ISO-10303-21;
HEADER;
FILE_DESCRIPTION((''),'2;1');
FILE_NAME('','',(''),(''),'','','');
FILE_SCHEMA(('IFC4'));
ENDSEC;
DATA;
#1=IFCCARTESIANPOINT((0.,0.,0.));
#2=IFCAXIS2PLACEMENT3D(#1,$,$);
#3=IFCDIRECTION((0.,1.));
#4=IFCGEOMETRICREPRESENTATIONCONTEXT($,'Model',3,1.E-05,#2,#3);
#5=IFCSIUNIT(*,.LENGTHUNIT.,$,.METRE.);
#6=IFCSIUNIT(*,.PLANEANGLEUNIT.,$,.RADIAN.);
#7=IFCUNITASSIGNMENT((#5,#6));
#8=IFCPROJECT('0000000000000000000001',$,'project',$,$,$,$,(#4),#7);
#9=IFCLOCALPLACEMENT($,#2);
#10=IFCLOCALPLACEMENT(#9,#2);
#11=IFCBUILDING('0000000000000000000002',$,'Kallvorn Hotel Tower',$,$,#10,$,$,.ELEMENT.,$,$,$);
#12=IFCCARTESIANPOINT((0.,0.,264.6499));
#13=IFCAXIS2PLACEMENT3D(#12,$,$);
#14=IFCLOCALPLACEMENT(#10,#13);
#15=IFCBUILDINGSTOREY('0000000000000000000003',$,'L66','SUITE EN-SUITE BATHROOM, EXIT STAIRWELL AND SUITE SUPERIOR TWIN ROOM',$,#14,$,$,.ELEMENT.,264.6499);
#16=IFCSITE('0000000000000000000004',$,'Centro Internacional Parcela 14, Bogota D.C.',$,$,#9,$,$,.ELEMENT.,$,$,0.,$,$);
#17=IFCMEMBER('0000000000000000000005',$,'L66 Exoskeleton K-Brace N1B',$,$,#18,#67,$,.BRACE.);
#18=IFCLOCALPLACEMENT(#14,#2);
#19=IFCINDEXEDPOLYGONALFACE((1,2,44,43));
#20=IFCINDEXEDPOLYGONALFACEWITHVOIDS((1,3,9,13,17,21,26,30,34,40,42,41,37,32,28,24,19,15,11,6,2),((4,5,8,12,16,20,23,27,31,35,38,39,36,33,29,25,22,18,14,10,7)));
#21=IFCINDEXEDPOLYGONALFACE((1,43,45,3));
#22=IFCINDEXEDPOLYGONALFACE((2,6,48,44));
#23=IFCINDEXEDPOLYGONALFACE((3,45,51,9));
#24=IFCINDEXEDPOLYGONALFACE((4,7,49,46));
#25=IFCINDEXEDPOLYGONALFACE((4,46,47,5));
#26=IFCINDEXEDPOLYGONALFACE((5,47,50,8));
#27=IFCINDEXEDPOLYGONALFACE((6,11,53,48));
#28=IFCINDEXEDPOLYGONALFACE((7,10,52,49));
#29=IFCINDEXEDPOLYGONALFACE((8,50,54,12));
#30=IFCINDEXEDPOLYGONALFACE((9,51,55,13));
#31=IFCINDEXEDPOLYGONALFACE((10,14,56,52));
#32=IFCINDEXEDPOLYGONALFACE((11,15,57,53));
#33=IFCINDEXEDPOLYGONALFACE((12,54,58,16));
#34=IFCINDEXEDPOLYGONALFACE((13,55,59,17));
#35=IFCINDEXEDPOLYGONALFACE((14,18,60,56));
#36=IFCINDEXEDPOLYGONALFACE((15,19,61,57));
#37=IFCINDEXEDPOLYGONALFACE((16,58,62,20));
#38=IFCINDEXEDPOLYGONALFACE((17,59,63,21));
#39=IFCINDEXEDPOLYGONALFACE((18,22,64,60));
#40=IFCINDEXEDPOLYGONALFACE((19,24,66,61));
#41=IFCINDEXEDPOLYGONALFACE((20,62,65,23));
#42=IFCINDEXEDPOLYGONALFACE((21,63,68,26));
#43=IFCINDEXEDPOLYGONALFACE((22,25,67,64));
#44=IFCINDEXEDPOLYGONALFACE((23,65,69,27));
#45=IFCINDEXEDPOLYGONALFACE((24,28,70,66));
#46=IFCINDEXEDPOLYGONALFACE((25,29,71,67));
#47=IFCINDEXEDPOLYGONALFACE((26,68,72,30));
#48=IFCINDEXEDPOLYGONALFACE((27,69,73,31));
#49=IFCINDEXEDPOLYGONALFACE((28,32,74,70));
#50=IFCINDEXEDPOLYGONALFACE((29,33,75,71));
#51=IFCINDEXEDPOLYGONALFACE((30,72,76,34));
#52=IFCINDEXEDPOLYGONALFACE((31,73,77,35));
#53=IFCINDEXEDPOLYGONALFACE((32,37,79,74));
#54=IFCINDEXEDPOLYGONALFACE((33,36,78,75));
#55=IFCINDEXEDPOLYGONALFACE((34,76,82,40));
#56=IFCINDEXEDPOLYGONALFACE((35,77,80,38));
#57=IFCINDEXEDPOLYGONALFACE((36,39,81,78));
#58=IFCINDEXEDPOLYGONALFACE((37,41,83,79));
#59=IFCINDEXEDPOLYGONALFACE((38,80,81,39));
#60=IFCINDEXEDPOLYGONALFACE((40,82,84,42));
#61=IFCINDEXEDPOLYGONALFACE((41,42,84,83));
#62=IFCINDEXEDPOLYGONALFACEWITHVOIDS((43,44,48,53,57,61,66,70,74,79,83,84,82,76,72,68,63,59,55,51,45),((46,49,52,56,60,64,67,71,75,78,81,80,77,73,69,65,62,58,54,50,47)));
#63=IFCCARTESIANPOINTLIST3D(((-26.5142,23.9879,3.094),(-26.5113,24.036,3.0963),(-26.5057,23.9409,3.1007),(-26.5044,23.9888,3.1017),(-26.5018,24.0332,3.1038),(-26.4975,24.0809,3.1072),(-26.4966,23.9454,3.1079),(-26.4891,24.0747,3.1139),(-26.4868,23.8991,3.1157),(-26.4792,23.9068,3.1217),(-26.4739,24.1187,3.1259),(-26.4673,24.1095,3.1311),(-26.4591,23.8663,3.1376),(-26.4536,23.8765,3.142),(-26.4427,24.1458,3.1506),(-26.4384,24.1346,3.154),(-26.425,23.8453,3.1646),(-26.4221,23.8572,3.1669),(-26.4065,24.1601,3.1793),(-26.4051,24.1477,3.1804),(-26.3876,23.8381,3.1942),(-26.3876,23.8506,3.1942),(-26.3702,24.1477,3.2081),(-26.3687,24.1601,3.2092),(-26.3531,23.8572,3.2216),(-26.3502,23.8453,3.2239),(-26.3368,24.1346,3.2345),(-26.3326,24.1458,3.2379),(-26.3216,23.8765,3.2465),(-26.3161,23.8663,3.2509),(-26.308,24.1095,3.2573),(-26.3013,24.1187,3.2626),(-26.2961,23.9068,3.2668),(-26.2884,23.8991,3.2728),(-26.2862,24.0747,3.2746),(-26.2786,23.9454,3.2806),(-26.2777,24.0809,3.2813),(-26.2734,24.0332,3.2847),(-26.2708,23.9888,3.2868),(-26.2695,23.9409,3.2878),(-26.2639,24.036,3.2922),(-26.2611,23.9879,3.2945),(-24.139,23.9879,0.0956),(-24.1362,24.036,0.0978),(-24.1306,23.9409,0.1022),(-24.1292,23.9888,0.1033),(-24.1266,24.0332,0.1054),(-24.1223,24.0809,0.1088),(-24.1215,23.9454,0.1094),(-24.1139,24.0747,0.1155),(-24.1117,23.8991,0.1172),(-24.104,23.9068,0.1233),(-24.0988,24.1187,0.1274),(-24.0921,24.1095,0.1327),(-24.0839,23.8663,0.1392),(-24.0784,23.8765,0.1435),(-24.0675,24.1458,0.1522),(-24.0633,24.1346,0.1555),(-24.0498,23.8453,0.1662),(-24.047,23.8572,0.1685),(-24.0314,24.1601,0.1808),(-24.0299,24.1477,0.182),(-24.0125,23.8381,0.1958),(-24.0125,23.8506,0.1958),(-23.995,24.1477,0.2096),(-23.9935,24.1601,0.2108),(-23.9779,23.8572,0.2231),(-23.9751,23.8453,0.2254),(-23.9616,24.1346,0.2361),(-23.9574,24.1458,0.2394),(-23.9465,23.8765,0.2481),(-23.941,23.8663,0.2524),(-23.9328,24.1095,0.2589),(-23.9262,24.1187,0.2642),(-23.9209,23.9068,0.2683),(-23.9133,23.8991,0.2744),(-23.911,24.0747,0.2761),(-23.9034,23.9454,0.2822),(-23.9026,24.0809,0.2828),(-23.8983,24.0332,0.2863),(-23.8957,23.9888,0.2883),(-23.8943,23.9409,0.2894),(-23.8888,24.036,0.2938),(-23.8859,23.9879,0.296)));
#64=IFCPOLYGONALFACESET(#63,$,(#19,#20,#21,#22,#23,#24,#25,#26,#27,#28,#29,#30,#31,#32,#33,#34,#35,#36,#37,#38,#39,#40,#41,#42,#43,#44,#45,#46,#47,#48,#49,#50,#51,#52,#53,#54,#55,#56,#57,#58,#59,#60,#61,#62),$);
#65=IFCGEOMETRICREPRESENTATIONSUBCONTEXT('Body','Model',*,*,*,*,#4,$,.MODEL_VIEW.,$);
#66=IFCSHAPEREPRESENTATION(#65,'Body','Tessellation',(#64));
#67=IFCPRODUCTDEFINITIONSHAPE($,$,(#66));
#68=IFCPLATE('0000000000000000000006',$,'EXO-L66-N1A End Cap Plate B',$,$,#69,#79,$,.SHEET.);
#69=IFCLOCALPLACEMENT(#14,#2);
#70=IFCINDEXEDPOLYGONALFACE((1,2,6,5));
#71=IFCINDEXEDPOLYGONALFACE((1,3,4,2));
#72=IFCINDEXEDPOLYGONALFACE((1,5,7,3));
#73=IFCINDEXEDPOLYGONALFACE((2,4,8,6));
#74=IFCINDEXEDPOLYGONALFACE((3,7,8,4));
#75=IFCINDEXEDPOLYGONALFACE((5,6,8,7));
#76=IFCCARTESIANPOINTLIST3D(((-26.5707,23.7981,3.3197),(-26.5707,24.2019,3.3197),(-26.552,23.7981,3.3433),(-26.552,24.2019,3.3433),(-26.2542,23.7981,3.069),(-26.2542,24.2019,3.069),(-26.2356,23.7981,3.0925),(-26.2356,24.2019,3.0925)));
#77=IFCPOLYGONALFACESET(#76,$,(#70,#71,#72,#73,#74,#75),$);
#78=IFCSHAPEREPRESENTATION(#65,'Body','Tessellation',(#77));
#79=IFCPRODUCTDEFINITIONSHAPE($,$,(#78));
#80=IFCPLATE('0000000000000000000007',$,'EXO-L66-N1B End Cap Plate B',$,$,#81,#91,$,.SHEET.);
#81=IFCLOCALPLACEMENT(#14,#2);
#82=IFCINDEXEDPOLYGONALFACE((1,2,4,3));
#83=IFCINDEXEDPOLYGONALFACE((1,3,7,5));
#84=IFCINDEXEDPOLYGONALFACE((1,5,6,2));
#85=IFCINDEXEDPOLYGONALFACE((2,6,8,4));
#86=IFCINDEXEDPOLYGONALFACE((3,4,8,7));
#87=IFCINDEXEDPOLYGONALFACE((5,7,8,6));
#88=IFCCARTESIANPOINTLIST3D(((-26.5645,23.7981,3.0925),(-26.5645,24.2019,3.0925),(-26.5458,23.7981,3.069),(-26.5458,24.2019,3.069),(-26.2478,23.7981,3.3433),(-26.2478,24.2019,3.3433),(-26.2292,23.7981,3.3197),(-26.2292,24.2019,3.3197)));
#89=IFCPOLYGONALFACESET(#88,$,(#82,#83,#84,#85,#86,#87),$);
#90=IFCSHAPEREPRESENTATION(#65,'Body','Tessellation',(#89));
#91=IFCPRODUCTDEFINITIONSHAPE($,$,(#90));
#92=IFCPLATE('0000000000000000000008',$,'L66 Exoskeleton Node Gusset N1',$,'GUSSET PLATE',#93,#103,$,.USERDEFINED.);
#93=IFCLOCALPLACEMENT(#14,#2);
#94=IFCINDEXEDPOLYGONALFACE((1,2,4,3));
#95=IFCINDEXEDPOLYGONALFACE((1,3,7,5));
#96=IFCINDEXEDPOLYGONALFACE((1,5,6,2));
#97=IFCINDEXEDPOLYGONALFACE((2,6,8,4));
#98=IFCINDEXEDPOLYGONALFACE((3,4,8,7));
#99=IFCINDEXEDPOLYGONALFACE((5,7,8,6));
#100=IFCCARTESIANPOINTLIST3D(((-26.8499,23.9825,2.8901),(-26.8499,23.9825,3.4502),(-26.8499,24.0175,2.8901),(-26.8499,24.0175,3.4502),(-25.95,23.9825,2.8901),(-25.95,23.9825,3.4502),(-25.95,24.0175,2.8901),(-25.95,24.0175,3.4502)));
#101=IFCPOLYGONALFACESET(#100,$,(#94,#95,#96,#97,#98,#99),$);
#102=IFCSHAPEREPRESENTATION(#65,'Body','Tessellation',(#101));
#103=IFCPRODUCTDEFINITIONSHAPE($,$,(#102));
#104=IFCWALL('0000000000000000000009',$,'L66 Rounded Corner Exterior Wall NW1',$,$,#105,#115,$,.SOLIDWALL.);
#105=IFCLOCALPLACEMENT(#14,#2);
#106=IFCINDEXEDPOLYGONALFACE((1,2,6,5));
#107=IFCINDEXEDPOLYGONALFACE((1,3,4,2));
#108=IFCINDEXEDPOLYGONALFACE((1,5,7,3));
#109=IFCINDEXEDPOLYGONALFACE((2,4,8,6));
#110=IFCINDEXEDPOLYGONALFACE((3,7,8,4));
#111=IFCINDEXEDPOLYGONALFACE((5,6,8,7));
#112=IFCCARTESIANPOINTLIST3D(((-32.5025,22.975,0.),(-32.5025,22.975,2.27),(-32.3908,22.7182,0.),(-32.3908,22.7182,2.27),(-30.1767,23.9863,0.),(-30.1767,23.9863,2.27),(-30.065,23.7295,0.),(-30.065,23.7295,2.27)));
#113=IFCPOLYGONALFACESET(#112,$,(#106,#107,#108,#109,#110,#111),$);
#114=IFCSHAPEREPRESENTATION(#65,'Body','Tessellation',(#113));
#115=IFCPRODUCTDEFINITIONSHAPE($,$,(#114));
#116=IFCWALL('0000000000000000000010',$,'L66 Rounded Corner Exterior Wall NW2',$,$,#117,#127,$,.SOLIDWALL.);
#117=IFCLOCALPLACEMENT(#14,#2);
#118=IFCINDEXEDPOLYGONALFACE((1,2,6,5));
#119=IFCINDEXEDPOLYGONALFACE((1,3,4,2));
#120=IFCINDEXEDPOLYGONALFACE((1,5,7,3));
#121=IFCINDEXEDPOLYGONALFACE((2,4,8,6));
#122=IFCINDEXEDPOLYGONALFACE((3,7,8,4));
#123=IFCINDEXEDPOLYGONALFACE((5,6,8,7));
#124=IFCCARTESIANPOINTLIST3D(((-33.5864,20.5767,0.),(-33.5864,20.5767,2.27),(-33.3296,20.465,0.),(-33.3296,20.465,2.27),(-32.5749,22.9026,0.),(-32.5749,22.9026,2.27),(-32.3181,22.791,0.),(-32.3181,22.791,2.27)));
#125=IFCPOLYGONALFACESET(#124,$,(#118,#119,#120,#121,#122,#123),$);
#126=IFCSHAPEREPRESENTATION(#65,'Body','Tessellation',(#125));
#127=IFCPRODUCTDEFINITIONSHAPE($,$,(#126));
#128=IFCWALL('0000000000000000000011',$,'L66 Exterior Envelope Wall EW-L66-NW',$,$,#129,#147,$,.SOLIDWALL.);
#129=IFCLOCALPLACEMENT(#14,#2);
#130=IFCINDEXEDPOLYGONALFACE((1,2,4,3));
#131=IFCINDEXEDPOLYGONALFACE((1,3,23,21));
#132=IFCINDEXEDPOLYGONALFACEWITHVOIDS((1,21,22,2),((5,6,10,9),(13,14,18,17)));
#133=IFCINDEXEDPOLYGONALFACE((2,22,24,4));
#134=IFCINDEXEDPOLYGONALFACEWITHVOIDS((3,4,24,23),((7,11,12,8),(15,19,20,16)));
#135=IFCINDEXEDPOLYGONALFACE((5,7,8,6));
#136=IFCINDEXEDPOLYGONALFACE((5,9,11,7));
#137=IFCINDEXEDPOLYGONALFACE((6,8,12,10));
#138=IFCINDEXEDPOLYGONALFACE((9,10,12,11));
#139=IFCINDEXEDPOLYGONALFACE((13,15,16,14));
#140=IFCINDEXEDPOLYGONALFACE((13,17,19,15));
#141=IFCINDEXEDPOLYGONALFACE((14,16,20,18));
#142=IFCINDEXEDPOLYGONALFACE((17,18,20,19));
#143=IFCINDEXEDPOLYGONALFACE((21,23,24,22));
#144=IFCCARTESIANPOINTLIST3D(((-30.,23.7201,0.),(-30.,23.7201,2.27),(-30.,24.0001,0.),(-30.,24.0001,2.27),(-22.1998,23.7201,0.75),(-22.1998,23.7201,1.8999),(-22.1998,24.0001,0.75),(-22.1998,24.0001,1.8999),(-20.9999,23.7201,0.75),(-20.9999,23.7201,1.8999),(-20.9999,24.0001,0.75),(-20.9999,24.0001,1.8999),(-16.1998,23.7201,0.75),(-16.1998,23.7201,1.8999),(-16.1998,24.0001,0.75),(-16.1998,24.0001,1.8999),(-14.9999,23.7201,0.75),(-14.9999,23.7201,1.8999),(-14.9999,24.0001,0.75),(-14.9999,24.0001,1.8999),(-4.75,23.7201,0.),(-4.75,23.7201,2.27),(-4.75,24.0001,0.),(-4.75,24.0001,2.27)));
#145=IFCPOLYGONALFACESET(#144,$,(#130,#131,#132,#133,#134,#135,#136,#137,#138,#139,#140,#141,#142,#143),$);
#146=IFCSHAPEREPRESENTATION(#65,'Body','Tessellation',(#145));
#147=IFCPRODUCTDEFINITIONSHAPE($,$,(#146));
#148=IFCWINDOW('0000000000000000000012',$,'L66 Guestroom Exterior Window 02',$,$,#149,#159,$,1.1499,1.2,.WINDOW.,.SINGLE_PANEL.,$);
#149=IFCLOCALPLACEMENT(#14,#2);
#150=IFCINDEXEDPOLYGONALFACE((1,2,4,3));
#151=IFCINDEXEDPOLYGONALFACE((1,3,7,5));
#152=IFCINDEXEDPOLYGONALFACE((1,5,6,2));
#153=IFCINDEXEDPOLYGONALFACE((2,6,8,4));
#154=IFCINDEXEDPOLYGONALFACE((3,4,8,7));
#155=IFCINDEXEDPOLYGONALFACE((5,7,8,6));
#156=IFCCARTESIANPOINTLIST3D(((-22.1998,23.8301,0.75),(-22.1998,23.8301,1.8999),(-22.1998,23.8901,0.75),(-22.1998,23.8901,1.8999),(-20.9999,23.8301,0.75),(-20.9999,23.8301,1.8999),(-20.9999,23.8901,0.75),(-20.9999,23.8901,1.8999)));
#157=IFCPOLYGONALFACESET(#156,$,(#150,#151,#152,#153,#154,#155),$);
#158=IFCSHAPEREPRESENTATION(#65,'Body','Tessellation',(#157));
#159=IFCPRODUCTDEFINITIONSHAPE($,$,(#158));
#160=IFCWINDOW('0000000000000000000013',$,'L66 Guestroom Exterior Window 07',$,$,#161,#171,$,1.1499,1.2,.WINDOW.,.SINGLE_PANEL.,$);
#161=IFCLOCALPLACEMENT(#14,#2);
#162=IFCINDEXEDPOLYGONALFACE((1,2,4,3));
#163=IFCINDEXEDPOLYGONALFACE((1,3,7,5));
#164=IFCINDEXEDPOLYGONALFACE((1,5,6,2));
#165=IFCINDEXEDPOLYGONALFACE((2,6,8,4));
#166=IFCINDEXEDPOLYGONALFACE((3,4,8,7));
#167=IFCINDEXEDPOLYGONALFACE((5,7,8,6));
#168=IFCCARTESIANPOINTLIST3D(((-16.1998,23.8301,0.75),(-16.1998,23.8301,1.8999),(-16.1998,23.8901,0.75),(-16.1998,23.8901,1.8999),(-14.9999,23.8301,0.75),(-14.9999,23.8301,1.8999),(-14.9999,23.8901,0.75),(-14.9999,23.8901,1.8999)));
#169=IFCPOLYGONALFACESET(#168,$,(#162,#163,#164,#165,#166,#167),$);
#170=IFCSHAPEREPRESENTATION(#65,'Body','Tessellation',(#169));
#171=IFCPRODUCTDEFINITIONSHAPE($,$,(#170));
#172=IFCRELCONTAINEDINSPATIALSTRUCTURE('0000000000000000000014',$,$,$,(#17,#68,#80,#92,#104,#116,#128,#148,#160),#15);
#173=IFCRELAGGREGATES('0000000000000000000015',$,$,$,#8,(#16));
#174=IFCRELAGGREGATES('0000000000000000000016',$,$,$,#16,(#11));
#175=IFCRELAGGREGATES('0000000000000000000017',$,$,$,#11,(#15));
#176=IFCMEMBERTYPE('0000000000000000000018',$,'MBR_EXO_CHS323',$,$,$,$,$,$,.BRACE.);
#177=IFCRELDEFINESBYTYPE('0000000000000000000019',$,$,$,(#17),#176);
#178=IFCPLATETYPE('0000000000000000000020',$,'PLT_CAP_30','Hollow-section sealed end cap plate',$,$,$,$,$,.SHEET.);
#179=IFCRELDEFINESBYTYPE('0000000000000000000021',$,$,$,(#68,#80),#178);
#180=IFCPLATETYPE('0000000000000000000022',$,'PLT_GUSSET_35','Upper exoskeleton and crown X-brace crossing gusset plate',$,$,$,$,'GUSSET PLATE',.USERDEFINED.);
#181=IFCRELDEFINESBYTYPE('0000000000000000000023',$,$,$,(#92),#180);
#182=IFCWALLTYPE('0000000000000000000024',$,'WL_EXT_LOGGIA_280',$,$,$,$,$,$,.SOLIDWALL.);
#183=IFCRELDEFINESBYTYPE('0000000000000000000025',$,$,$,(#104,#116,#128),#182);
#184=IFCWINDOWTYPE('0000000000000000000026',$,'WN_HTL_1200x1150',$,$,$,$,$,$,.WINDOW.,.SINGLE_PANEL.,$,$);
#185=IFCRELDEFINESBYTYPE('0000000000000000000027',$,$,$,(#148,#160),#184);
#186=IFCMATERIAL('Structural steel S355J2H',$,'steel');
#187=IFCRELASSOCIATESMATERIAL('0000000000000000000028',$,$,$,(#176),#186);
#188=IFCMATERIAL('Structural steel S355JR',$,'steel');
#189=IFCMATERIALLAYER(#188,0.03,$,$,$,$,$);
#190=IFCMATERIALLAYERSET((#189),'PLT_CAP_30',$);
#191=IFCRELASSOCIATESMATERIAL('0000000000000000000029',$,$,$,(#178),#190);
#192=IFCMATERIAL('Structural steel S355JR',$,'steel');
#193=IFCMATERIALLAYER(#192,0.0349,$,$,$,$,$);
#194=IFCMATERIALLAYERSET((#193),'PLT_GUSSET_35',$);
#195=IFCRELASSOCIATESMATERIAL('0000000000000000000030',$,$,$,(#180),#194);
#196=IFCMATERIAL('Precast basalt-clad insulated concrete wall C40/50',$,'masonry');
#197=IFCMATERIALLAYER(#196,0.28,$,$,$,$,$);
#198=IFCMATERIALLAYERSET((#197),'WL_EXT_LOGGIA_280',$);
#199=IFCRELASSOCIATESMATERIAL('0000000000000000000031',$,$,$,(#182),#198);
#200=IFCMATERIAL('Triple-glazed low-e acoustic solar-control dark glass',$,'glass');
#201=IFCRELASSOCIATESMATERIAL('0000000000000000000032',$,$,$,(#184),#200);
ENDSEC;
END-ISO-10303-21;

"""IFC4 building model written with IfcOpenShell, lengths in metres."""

from ifc_helpers import new_model, si_unit, direction, frame, frame_2d, origin, origin_2d, place, context, subcontext, project, spatial, polyline, rectangle, hollow_circle, outline, extrude, material, layer, layer_set, material_profile, profile_set, type_object, element, fill, save


model = new_model("IFC4")

# Units and contexts
model_context = context("Model", 3, precision=1e-05, world=origin(), true_north=direction((0.0, 1.0)))
body_context = subcontext(model_context, "Body", "Model", "MODEL_VIEW")
ifc_project = project(units=[si_unit("LENGTHUNIT", "METRE"), si_unit("PLANEANGLEUNIT", "RADIAN")], contexts=[model_context])

# Site, building, storey
site_placement = place(None, origin())
site = spatial("IfcSite", under=ifc_project, at=site_placement, Name="Centro Internacional Parcela 14, Bogota D.C.", CompositionType="ELEMENT", RefElevation=0.0)
building_placement = place(site_placement, origin())
building = spatial("IfcBuilding", under=site, at=building_placement, Name="Kallvorn Hotel Tower", CompositionType="ELEMENT")
storey_placement = place(building_placement, frame((0.0, 0.0, 264.6499)))
storey = spatial("IfcBuildingStorey", under=building, at=storey_placement, Name="L66", Description="SUITE EN-SUITE BATHROOM, EXIT STAIRWELL AND SUITE SUPERIOR TWIN ROOM", CompositionType="ELEMENT", Elevation=264.6499)

# Member
ifc_material_1 = material(Name="Structural steel S355J2H", Category="steel")
ifc_material_profile_1 = material_profile(ifc_material_1, hollow_circle(Radius=0.1619, WallThickness=0.0125, at=origin_2d()), Name="CHS 323.9x12.5")
ifc_profile_set_1 = profile_set([ifc_material_profile_1], Name="Structural steel S355J2H")
member_type_1 = type_object("IfcMemberType", Name="MBR_EXO_CHS323", PredefinedType="BRACE", material=ifc_profile_set_1)
for number, where, z_axis, x_axis, name in (
    (1, (-24.0125, 24.0, 0.1958), (-0.620929, 0.0, 0.783867), (0.0, -1.0, 0.0), "L66 Exoskeleton K-Brace N1B"),
):
    element("IfcMember", number, at=place(storey_placement, frame(where, z_axis=z_axis, x_axis=x_axis)), inside=storey, type_object=member_type_1, Name=name, PredefinedType="BRACE", context=body_context, shape_type="SweptSolid", body=[
        extrude(hollow_circle(Radius=0.1619, WallThickness=0.0125, at=origin_2d()), origin(), (0.0, 0.0, 1.0), 3.8252),
    ])

# Plates
ifc_material_2 = material(Name="Structural steel S355JR", Category="steel")
ifc_layer_1 = layer(ifc_material_2, 0.03)
ifc_layer_set_1 = layer_set([ifc_layer_1], Name="PLT_CAP_30")
plate_type_1 = type_object("IfcPlateType", Name="PLT_CAP_30", Description="Hollow-section sealed end cap plate", PredefinedType="SHEET", material=ifc_layer_set_1)
plate_1_placement = place(storey_placement, frame((-26.2356, 23.7981, 3.0925), z_axis=(0.621075, 0.0, 0.783751), x_axis=(0.0, 1.0, 0.0)))
element("IfcPlate", 2, at=plate_1_placement, inside=storey, type_object=plate_type_1, Name="EXO-L66-N1A End Cap Plate B", PredefinedType="SHEET", context=body_context, shape_type="SweptSolid", body=[
    extrude(outline(polyline([(0.0, 0.0), (0.4038, 0.0), (0.4038, 0.4037), (0.0, 0.4037), (0.0, 0.0)])), origin(), (0.0, 0.0, -1.0), 0.03),
])
plate_2_placement = place(storey_placement, frame((-26.5645, 24.2019, 3.0925), z_axis=(-0.62078, 0.0, 0.783985), x_axis=(0.0, -1.0, 0.0)))
element("IfcPlate", 3, at=plate_2_placement, inside=storey, type_object=plate_type_1, Name="EXO-L66-N1B End Cap Plate B", PredefinedType="SHEET", context=body_context, shape_type="SweptSolid", body=[
    extrude(outline(polyline([(0.0, 0.0), (0.4038, 0.0), (0.4038, 0.4039), (0.0, 0.4039), (0.0, 0.0)])), origin(), (0.0, 0.0, -1.0), 0.03),
])
ifc_material_3 = material(Name="Structural steel S355JR", Category="steel")
ifc_layer_2 = layer(ifc_material_3, 0.0349)
ifc_layer_set_2 = layer_set([ifc_layer_2], Name="PLT_GUSSET_35")
plate_type_2 = type_object("IfcPlateType", Name="PLT_GUSSET_35", Description="Upper exoskeleton and crown X-brace crossing gusset plate", ElementType="GUSSET PLATE", PredefinedType="USERDEFINED", material=ifc_layer_set_2)
plate_3_placement = place(storey_placement, frame((-26.3999, 24.0, 2.8901), z_axis=(0.0, 0.0, 1.0), x_axis=(1.0, 0.0, 0.0)))
element("IfcPlate", 4, at=plate_3_placement, inside=storey, type_object=plate_type_2, Name="L66 Exoskeleton Node Gusset N1", ObjectType="GUSSET PLATE", PredefinedType="USERDEFINED", context=body_context, shape_type="SweptSolid", body=[
    extrude(rectangle(XDim=0.8999, YDim=0.0349, at=origin_2d()), origin(), (0.0, 0.0, 1.0), 0.5601),
])

# Walls
ifc_material_4 = material(Name="Precast basalt-clad insulated concrete wall C40/50", Category="masonry")
ifc_layer_3 = layer(ifc_material_4, 0.28)
ifc_layer_set_3 = layer_set([ifc_layer_3], Name="WL_EXT_LOGGIA_280")
wall_type = type_object("IfcWallType", Name="WL_EXT_LOGGIA_280", PredefinedType="SOLIDWALL", material=ifc_layer_set_3)
wall_1_placement = place(storey_placement, frame((-30.1208, 23.8579, 0.0), z_axis=(0.0, 0.0, 1.0), x_axis=(-0.917061, -0.398747, 0.0)))
element("IfcWall", 5, at=wall_1_placement, inside=storey, type_object=wall_type, Name="L66 Rounded Corner Exterior Wall NW1", PredefinedType="SOLIDWALL", context=body_context, shape_type="SweptSolid", body=[
    extrude(rectangle(XDim=2.5361, YDim=0.28, at=frame_2d((1.2681, 0.0))), origin(), (0.0, 0.0, 1.0), 2.27),
])
wall_2_placement = place(storey_placement, frame((-32.4465, 22.8467, 0.0), z_axis=(0.0, 0.0, 1.0), x_axis=(-0.398793, -0.917041, 0.0)))
element("IfcWall", 6, at=wall_2_placement, inside=storey, type_object=wall_type, Name="L66 Rounded Corner Exterior Wall NW2", PredefinedType="SOLIDWALL", context=body_context, shape_type="SweptSolid", body=[
    extrude(rectangle(XDim=2.5364, YDim=0.28, at=frame_2d((1.2681, 0.0))), origin(), (0.0, 0.0, 1.0), 2.27),
])

# Wall, openings, windows
wall_3_placement = place(storey_placement, frame((-30.0, 23.8601, 0.0), z_axis=(0.0, 0.0, 1.0), x_axis=(1.0, 0.0, 0.0)))
wall_3 = element("IfcWall", 7, at=wall_3_placement, inside=storey, type_object=wall_type, Name="L66 Exterior Envelope Wall EW-L66-NW", PredefinedType="SOLIDWALL", context=body_context, shape_type="SweptSolid", body=[
    extrude(rectangle(XDim=25.25, YDim=0.28, at=frame_2d((12.625, 0.0))), origin(), (0.0, 0.0, 1.0), 2.27),
])
opening_1_placement = place(wall_3_placement, frame((7.8, 0.0, 0.75)))
opening_1 = element("IfcOpeningElement", 8, at=opening_1_placement, cuts=wall_3, PredefinedType="OPENING", context=body_context, shape_type="SweptSolid", body=[
    extrude(rectangle(XDim=1.2, YDim=1.1499, at=frame_2d((0.6001, 0.575))), frame((0.0, 0.155, 0.0), z_axis=(0.0, -1.0, 0.0), x_axis=(1.0, 0.0, 0.0)), (0.0, 0.0, 1.0), 0.3101),
])
opening_2_placement = place(wall_3_placement, frame((13.8, 0.0, 0.75)))
opening_2 = element("IfcOpeningElement", 9, at=opening_2_placement, cuts=wall_3, PredefinedType="OPENING", context=body_context, shape_type="SweptSolid", body=[
    extrude(rectangle(XDim=1.2, YDim=1.1499, at=frame_2d((0.6001, 0.575))), frame((0.0, 0.155, 0.0), z_axis=(0.0, -1.0, 0.0), x_axis=(1.0, 0.0, 0.0)), (0.0, 0.0, 1.0), 0.3101),
])
ifc_material_5 = material(Name="Triple-glazed low-e acoustic solar-control dark glass", Category="glass")
window_type = type_object("IfcWindowType", Name="WN_HTL_1200x1150", PartitioningType="SINGLE_PANEL", PredefinedType="WINDOW", material=ifc_material_5)
window_1_placement = place(opening_1_placement, origin())
window_1 = element("IfcWindow", 10, at=window_1_placement, inside=storey, type_object=window_type, Name="L66 Guestroom Exterior Window 02", OverallHeight=1.1499, OverallWidth=1.2, PartitioningType="SINGLE_PANEL", PredefinedType="WINDOW", context=body_context, shape_type="SweptSolid", body=[
    extrude(rectangle(XDim=1.2, YDim=1.1499, at=frame_2d((0.6001, 0.575))), frame((0.0, 0.03, 0.0), z_axis=(0.0, -1.0, 0.0), x_axis=(1.0, 0.0, 0.0)), (0.0, 0.0, 1.0), 0.0601),
])
fill(opening_1, window_1)
window_2_placement = place(opening_2_placement, origin())
window_2 = element("IfcWindow", 11, at=window_2_placement, inside=storey, type_object=window_type, Name="L66 Guestroom Exterior Window 07", OverallHeight=1.1499, OverallWidth=1.2, PartitioningType="SINGLE_PANEL", PredefinedType="WINDOW", context=body_context, shape_type="SweptSolid", body=[
    extrude(rectangle(XDim=1.2, YDim=1.1499, at=frame_2d((0.6001, 0.575))), frame((0.0, 0.03, 0.0), z_axis=(0.0, -1.0, 0.0), x_axis=(1.0, 0.0, 0.0)), (0.0, 0.0, 1.0), 0.0601),
])
fill(opening_2, window_2)

save(model, "model.ifc")
